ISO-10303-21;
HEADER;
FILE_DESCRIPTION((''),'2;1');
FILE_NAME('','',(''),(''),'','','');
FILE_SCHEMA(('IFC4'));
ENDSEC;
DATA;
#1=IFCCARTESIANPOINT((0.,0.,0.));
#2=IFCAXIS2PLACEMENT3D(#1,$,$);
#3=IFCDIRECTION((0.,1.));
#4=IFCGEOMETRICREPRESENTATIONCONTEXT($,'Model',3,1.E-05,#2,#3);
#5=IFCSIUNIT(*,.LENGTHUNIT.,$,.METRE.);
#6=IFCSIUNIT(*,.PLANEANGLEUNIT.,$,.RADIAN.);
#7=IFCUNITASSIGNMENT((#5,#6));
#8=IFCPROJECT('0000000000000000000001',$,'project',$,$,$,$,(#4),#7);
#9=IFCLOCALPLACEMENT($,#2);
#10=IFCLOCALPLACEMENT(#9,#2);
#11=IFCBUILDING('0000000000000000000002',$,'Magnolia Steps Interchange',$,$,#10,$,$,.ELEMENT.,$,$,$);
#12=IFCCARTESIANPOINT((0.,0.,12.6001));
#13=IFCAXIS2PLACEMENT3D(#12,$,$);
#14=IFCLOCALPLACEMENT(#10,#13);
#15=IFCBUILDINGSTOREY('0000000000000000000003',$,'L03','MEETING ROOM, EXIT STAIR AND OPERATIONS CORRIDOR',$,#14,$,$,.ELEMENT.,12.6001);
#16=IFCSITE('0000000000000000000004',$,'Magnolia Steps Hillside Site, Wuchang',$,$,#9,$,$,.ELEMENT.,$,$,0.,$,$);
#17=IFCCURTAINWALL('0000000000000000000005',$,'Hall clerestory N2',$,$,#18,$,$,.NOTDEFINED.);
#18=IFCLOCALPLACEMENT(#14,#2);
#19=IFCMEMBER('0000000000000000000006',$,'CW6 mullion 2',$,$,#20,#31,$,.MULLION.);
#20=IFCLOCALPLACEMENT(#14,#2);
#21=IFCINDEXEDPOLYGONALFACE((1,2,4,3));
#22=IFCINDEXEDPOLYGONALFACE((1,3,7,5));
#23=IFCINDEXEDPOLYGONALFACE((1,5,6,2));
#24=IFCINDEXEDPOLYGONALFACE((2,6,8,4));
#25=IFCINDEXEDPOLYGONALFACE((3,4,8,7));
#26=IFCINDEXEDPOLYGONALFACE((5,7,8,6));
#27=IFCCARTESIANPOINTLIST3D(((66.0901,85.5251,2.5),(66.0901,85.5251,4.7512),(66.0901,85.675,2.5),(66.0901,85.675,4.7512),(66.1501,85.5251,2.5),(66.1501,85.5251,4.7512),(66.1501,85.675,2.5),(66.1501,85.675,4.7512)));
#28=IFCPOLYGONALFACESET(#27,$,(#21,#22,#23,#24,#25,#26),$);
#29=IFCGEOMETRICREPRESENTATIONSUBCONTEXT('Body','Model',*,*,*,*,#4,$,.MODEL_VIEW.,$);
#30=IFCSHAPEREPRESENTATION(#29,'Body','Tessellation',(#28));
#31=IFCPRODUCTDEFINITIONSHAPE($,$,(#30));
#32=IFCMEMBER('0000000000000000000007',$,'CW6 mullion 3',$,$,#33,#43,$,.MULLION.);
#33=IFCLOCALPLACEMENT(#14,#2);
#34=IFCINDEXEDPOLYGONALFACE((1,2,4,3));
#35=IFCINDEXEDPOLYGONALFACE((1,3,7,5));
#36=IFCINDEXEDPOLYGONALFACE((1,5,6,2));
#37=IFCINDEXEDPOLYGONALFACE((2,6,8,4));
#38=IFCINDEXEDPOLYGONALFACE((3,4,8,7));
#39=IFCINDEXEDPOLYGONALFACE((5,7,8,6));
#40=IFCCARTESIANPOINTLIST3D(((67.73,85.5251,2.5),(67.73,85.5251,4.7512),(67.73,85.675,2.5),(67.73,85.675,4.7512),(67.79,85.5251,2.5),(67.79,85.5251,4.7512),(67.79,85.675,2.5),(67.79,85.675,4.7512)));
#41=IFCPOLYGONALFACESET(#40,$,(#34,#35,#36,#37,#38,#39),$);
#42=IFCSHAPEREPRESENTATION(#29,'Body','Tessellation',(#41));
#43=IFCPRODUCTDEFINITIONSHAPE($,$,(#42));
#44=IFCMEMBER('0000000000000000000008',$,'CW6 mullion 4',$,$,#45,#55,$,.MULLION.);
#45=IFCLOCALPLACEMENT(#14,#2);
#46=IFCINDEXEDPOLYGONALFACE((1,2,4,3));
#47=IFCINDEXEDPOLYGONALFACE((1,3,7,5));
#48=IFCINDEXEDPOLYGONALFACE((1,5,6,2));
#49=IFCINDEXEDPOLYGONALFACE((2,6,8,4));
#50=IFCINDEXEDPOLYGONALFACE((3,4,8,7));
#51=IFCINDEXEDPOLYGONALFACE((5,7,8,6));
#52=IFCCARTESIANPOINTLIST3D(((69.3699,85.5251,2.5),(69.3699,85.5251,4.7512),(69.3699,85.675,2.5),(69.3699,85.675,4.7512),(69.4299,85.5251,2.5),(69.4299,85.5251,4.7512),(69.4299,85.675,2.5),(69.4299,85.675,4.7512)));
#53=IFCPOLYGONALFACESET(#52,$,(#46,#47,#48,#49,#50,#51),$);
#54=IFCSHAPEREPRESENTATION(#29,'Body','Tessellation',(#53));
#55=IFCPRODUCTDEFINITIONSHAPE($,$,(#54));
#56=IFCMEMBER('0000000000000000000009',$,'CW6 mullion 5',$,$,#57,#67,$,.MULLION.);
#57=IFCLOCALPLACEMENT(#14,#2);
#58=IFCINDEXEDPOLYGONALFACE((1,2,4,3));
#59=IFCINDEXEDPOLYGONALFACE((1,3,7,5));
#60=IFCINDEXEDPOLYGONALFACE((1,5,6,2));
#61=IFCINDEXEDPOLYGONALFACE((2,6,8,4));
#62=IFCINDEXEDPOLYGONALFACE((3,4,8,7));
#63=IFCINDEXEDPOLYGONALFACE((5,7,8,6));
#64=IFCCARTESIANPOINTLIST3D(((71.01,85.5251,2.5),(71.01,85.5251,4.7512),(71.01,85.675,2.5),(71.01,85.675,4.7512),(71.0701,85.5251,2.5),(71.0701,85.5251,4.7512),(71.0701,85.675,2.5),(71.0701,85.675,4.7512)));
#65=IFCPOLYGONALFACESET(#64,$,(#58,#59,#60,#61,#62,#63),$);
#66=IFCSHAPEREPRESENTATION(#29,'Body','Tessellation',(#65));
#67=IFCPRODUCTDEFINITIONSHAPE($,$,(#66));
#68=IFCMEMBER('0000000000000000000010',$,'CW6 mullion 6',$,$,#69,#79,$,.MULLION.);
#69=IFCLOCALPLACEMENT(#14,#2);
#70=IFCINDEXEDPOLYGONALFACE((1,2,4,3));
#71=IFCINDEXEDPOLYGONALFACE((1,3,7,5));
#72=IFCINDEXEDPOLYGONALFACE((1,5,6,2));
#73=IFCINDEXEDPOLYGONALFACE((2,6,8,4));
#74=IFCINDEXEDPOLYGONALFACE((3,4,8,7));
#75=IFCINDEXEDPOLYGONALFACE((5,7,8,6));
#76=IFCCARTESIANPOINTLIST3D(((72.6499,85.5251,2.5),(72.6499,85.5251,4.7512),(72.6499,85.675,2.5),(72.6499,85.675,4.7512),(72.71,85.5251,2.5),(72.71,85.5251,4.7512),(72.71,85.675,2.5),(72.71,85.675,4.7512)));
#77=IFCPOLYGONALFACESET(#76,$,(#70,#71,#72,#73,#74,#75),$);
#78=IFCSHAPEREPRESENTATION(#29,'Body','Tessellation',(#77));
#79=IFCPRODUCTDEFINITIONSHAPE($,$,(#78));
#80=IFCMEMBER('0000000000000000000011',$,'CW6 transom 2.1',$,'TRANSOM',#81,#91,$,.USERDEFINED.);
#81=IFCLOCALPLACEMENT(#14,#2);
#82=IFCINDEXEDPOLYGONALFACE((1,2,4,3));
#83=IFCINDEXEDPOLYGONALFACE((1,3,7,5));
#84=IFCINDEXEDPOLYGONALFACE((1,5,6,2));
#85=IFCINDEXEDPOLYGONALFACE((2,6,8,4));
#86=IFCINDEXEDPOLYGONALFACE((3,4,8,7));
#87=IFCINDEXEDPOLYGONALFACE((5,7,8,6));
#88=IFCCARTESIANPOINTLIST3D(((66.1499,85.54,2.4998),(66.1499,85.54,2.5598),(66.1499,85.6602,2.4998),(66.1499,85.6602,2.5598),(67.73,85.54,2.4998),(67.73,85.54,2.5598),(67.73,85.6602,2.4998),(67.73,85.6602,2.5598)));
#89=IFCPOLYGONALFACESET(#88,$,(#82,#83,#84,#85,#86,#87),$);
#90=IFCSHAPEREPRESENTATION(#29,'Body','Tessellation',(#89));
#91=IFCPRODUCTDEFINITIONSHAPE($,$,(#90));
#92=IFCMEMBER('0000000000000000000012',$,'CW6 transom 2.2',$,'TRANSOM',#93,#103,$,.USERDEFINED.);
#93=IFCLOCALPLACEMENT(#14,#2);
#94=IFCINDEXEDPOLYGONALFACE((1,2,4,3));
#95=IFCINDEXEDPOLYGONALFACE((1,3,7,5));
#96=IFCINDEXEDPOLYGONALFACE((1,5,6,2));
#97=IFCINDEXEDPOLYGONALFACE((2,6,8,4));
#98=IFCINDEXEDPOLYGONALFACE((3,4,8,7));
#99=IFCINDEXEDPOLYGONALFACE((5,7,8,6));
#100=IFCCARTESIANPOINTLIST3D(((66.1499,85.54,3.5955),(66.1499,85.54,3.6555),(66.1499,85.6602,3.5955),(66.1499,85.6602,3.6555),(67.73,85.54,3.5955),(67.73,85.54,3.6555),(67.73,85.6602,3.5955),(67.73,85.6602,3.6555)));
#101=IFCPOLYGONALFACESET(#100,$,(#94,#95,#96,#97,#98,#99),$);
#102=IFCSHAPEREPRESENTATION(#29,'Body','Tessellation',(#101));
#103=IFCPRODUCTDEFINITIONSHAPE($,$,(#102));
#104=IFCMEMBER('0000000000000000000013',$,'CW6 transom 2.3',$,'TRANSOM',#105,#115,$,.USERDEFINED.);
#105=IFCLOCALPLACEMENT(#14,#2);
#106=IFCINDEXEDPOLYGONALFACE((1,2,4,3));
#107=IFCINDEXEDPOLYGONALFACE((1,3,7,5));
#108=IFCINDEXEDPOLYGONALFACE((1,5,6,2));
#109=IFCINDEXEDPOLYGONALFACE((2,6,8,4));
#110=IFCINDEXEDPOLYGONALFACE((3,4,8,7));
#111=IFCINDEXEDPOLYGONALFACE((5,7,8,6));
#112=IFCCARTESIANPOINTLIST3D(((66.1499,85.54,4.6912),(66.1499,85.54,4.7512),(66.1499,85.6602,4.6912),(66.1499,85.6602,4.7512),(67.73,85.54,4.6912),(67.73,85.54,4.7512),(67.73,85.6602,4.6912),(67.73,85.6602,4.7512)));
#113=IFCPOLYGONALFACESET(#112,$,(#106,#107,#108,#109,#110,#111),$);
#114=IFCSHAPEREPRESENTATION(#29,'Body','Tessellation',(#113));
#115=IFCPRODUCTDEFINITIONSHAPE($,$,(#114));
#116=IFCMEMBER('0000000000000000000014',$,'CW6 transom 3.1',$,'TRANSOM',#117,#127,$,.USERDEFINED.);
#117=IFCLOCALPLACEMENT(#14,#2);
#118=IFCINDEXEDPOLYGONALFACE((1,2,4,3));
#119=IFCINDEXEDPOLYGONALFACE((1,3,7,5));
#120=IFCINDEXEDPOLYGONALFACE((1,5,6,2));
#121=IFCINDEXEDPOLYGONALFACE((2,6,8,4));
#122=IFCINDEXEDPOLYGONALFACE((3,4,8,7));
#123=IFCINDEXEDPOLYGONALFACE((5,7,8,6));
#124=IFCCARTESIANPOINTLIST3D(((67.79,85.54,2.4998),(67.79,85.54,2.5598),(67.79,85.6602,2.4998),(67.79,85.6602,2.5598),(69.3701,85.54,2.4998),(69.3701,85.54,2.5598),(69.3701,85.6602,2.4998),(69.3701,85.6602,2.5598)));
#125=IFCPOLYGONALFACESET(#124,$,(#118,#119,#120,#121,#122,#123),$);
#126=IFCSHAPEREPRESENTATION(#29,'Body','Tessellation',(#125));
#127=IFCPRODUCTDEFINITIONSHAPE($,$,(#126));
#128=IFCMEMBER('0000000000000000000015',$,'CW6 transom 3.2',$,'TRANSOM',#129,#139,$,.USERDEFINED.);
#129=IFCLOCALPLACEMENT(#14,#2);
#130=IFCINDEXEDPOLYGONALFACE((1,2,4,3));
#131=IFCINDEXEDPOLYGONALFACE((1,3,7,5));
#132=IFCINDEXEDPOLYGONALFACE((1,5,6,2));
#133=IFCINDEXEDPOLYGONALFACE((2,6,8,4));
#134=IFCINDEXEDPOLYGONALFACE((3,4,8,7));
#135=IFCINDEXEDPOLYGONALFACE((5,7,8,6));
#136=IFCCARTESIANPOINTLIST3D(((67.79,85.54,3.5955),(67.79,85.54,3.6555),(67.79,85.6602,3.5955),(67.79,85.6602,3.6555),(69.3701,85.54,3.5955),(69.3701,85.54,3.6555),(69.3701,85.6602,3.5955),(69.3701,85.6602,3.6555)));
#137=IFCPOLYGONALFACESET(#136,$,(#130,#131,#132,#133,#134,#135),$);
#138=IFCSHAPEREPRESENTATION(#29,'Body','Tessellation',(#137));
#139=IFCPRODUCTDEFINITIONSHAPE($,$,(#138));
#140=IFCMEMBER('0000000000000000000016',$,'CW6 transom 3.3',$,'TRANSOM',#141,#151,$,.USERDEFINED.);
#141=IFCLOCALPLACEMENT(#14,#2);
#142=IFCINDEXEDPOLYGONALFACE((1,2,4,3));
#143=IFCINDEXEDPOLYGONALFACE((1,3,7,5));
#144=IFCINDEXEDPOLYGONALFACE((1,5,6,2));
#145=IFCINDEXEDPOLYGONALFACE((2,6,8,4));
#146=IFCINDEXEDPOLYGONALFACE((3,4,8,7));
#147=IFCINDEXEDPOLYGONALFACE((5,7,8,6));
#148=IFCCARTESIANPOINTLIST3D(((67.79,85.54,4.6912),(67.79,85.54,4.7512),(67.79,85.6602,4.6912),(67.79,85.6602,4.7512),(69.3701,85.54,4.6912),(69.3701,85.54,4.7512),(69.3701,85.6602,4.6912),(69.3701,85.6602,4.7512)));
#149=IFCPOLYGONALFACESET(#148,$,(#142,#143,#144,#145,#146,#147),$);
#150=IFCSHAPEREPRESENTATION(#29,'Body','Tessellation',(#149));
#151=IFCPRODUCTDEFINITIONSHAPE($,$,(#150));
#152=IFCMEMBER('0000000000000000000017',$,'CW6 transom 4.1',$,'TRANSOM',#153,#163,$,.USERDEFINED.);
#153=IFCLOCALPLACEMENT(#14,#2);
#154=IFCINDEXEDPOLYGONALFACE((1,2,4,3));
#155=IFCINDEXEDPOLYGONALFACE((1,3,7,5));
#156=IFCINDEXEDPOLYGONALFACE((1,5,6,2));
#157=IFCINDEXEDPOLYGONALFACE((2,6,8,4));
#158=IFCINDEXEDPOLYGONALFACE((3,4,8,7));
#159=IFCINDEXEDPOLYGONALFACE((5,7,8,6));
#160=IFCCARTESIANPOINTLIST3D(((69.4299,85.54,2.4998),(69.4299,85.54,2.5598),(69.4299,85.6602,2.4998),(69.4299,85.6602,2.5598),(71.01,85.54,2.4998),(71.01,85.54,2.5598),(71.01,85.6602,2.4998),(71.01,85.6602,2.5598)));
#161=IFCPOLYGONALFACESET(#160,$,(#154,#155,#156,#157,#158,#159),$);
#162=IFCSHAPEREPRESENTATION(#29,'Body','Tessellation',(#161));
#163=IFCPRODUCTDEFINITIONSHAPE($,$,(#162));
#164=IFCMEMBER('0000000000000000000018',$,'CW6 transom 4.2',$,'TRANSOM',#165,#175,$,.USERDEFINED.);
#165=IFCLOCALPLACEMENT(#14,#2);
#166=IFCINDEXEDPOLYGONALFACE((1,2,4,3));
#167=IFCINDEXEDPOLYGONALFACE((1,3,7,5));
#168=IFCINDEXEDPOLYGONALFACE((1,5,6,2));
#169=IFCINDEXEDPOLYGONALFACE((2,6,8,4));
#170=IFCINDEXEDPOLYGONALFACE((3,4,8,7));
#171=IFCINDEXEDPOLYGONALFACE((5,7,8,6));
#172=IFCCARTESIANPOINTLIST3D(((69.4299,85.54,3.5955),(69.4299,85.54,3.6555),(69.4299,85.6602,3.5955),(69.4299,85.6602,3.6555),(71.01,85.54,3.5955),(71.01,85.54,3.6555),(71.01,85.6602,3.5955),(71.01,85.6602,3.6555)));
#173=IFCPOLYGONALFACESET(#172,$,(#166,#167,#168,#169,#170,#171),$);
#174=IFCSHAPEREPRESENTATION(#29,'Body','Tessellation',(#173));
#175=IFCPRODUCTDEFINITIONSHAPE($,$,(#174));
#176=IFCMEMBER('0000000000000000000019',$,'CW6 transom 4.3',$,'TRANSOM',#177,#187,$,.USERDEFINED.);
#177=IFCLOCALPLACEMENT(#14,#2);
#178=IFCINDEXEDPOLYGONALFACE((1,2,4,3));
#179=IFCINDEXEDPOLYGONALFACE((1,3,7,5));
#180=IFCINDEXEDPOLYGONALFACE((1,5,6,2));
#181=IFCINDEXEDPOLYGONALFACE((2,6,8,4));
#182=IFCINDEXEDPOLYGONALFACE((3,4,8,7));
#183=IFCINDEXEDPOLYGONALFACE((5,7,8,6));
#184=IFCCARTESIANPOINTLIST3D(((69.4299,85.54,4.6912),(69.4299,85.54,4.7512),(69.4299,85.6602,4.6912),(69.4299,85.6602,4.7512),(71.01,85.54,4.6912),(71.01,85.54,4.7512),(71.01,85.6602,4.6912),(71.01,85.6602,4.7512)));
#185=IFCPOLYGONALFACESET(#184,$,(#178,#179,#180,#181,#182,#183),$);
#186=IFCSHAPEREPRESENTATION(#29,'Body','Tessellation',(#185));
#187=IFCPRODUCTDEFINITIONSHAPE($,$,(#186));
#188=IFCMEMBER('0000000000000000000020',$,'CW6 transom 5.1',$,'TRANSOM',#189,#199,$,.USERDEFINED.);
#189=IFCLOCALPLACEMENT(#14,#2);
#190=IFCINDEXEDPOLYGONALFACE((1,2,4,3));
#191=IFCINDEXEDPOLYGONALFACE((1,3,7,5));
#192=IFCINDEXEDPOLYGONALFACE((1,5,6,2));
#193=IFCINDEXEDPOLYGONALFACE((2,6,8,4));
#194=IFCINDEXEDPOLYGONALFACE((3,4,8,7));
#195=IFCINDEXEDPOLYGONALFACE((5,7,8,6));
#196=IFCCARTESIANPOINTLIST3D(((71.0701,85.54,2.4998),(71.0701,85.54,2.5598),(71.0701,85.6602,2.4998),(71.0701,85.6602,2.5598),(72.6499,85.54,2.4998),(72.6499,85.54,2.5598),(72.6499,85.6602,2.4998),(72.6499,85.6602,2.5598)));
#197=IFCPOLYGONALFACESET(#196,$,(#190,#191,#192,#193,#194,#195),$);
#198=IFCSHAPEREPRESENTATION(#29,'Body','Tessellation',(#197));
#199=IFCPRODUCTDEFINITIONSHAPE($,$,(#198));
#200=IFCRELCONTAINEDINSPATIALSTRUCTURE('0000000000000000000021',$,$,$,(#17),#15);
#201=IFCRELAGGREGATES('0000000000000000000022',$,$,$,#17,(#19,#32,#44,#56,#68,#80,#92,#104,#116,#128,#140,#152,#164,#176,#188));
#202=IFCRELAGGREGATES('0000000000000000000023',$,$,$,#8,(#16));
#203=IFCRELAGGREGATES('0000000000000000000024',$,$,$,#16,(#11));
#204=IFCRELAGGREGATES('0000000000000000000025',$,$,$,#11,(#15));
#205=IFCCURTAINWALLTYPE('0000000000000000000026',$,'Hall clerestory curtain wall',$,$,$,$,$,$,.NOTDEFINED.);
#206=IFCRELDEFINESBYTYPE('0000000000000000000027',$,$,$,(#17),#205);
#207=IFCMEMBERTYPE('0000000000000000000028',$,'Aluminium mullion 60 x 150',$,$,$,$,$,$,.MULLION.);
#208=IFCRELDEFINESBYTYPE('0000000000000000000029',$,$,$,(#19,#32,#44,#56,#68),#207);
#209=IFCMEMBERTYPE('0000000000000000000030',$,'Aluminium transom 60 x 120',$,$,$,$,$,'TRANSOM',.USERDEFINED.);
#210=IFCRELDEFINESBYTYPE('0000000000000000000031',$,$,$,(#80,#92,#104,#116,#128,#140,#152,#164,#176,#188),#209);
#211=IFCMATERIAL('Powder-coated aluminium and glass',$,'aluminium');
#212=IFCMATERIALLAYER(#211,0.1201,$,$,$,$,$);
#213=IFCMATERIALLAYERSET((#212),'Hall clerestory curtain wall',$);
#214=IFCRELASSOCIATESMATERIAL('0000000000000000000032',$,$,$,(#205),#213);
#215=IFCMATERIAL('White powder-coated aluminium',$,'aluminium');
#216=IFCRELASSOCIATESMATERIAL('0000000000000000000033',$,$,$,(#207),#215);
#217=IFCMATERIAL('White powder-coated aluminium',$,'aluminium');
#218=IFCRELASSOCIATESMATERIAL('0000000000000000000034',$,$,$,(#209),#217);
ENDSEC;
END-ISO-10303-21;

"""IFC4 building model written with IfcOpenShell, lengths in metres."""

from ifc_helpers import new_model, si_unit, direction, frame, origin, origin_2d, place, context, subcontext, project, spatial, rectangle, extrude, material, layer, layer_set, material_profile, profile_set, type_object, element, aggregate, save


model = new_model("IFC4")

# Units and contexts
model_context = context("Model", 3, precision=1e-05, world=origin(), true_north=direction((0.0, 1.0)))
body_context = subcontext(model_context, "Body", "Model", "MODEL_VIEW")
ifc_project = project(units=[si_unit("LENGTHUNIT", "METRE"), si_unit("PLANEANGLEUNIT", "RADIAN")], contexts=[model_context])

# Site, building, storey
site_placement = place(None, origin())
site = spatial("IfcSite", under=ifc_project, at=site_placement, Name="Magnolia Steps Hillside Site, Wuchang", CompositionType="ELEMENT", RefElevation=0.0)
building_placement = place(site_placement, origin())
building = spatial("IfcBuilding", under=site, at=building_placement, Name="Magnolia Steps Interchange", CompositionType="ELEMENT")
storey_placement = place(building_placement, frame((0.0, 0.0, 12.6001)))
storey = spatial("IfcBuildingStorey", under=building, at=storey_placement, Name="L03", Description="MEETING ROOM, EXIT STAIR AND OPERATIONS CORRIDOR", CompositionType="ELEMENT", Elevation=12.6001)

# Curtain wall, members
ifc_material_1 = material(Name="Powder-coated aluminium and glass", Category="aluminium")
ifc_layer_1 = layer(ifc_material_1, 0.1201)
ifc_layer_set_1 = layer_set([ifc_layer_1], Name="Hall clerestory curtain wall")
curtain_wall_type = type_object("IfcCurtainWallType", Name="Hall clerestory curtain wall", PredefinedType="NOTDEFINED", material=ifc_layer_set_1)
curtain_wall_placement = place(storey_placement, origin())
curtain_wall = element("IfcCurtainWall", 1, at=curtain_wall_placement, inside=storey, type_object=curtain_wall_type, Name="Hall clerestory N2", PredefinedType="NOTDEFINED")
ifc_material_2 = material(Name="White powder-coated aluminium", Category="aluminium")
ifc_material_profile_1 = material_profile(ifc_material_2, rectangle(XDim=0.0601, YDim=0.1499, at=origin_2d()), Name="Aluminium mullion 60 x 150")
ifc_profile_set_1 = profile_set([ifc_material_profile_1], Name="White powder-coated aluminium")
member_type_1 = type_object("IfcMemberType", Name="Aluminium mullion 60 x 150", PredefinedType="MULLION", material=ifc_profile_set_1)
member_1_placement = place(storey_placement, frame((66.1201, 85.6001, 2.5), z_axis=(0.0, 0.0, 1.0), x_axis=(1.0, 0.0, 0.0)))
member_1 = element("IfcMember", 2, at=member_1_placement, type_object=member_type_1, Name="CW6 mullion 2", PredefinedType="MULLION", context=body_context, shape_type="SweptSolid", body=[
    extrude(rectangle(XDim=0.0601, YDim=0.1499, at=origin_2d()), origin(), (0.0, 0.0, 1.0), 2.2512),
])
member_2_placement = place(storey_placement, frame((67.76, 85.6001, 2.5), z_axis=(0.0, 0.0, 1.0), x_axis=(1.0, 0.0, 0.0)))
member_2 = element("IfcMember", 3, at=member_2_placement, type_object=member_type_1, Name="CW6 mullion 3", PredefinedType="MULLION", context=body_context, shape_type="SweptSolid", body=[
    extrude(rectangle(XDim=0.0601, YDim=0.1499, at=origin_2d()), origin(), (0.0, 0.0, 1.0), 2.2512),
])
member_3_placement = place(storey_placement, frame((69.3999, 85.6001, 2.5), z_axis=(0.0, 0.0, 1.0), x_axis=(1.0, 0.0, 0.0)))
member_3 = element("IfcMember", 4, at=member_3_placement, type_object=member_type_1, Name="CW6 mullion 4", PredefinedType="MULLION", context=body_context, shape_type="SweptSolid", body=[
    extrude(rectangle(XDim=0.0601, YDim=0.1499, at=origin_2d()), origin(), (0.0, 0.0, 1.0), 2.2512),
])
member_4_placement = place(storey_placement, frame((71.04, 85.6001, 2.5), z_axis=(0.0, 0.0, 1.0), x_axis=(1.0, 0.0, 0.0)))
member_4 = element("IfcMember", 5, at=member_4_placement, type_object=member_type_1, Name="CW6 mullion 5", PredefinedType="MULLION", context=body_context, shape_type="SweptSolid", body=[
    extrude(rectangle(XDim=0.0601, YDim=0.1499, at=origin_2d()), origin(), (0.0, 0.0, 1.0), 2.2512),
])
member_5_placement = place(storey_placement, frame((72.6799, 85.6001, 2.5), z_axis=(0.0, 0.0, 1.0), x_axis=(1.0, 0.0, 0.0)))
member_5 = element("IfcMember", 6, at=member_5_placement, type_object=member_type_1, Name="CW6 mullion 6", PredefinedType="MULLION", context=body_context, shape_type="SweptSolid", body=[
    extrude(rectangle(XDim=0.0601, YDim=0.1499, at=origin_2d()), origin(), (0.0, 0.0, 1.0), 2.2512),
])
ifc_material_3 = material(Name="White powder-coated aluminium", Category="aluminium")
ifc_material_profile_2 = material_profile(ifc_material_3, rectangle(XDim=0.0601, YDim=0.1201, at=origin_2d()), Name="Aluminium transom 60 x 120")
ifc_profile_set_2 = profile_set([ifc_material_profile_2], Name="White powder-coated aluminium")
member_type_2 = type_object("IfcMemberType", Name="Aluminium transom 60 x 120", ElementType="TRANSOM", PredefinedType="USERDEFINED", material=ifc_profile_set_2)
member_6_placement = place(storey_placement, frame((66.1499, 85.6001, 2.5298), z_axis=(1.0, 0.0, 0.0), x_axis=(0.0, 0.0, 1.0)))
member_6 = element("IfcMember", 7, at=member_6_placement, type_object=member_type_2, Name="CW6 transom 2.1", ObjectType="TRANSOM", PredefinedType="USERDEFINED", context=body_context, shape_type="SweptSolid", body=[
    extrude(rectangle(XDim=0.0601, YDim=0.1201, at=origin_2d()), origin(), (0.0, 0.0, 1.0), 1.5801),
])
member_7_placement = place(storey_placement, frame((66.1499, 85.6001, 3.6255), z_axis=(1.0, 0.0, 0.0), x_axis=(0.0, 0.0, 1.0)))
member_7 = element("IfcMember", 8, at=member_7_placement, type_object=member_type_2, Name="CW6 transom 2.2", ObjectType="TRANSOM", PredefinedType="USERDEFINED", context=body_context, shape_type="SweptSolid", body=[
    extrude(rectangle(XDim=0.0601, YDim=0.1201, at=origin_2d()), origin(), (0.0, 0.0, 1.0), 1.5801),
])
member_8_placement = place(storey_placement, frame((66.1499, 85.6001, 4.7212), z_axis=(1.0, 0.0, 0.0), x_axis=(0.0, 0.0, 1.0)))
member_8 = element("IfcMember", 9, at=member_8_placement, type_object=member_type_2, Name="CW6 transom 2.3", ObjectType="TRANSOM", PredefinedType="USERDEFINED", context=body_context, shape_type="SweptSolid", body=[
    extrude(rectangle(XDim=0.0601, YDim=0.1201, at=origin_2d()), origin(), (0.0, 0.0, 1.0), 1.5801),
])
member_9_placement = place(storey_placement, frame((67.79, 85.6001, 2.5298), z_axis=(1.0, 0.0, 0.0), x_axis=(0.0, 0.0, 1.0)))
member_9 = element("IfcMember", 10, at=member_9_placement, type_object=member_type_2, Name="CW6 transom 3.1", ObjectType="TRANSOM", PredefinedType="USERDEFINED", context=body_context, shape_type="SweptSolid", body=[
    extrude(rectangle(XDim=0.0601, YDim=0.1201, at=origin_2d()), origin(), (0.0, 0.0, 1.0), 1.5801),
])
member_10_placement = place(storey_placement, frame((67.79, 85.6001, 3.6255), z_axis=(1.0, 0.0, 0.0), x_axis=(0.0, 0.0, 1.0)))
member_10 = element("IfcMember", 11, at=member_10_placement, type_object=member_type_2, Name="CW6 transom 3.2", ObjectType="TRANSOM", PredefinedType="USERDEFINED", context=body_context, shape_type="SweptSolid", body=[
    extrude(rectangle(XDim=0.0601, YDim=0.1201, at=origin_2d()), origin(), (0.0, 0.0, 1.0), 1.5801),
])
member_11_placement = place(storey_placement, frame((67.79, 85.6001, 4.7212), z_axis=(1.0, 0.0, 0.0), x_axis=(0.0, 0.0, 1.0)))
member_11 = element("IfcMember", 12, at=member_11_placement, type_object=member_type_2, Name="CW6 transom 3.3", ObjectType="TRANSOM", PredefinedType="USERDEFINED", context=body_context, shape_type="SweptSolid", body=[
    extrude(rectangle(XDim=0.0601, YDim=0.1201, at=origin_2d()), origin(), (0.0, 0.0, 1.0), 1.5801),
])
member_12_placement = place(storey_placement, frame((69.4299, 85.6001, 2.5298), z_axis=(1.0, 0.0, 0.0), x_axis=(0.0, 0.0, 1.0)))
member_12 = element("IfcMember", 13, at=member_12_placement, type_object=member_type_2, Name="CW6 transom 4.1", ObjectType="TRANSOM", PredefinedType="USERDEFINED", context=body_context, shape_type="SweptSolid", body=[
    extrude(rectangle(XDim=0.0601, YDim=0.1201, at=origin_2d()), origin(), (0.0, 0.0, 1.0), 1.5801),
])
member_13_placement = place(storey_placement, frame((69.4299, 85.6001, 3.6255), z_axis=(1.0, 0.0, 0.0), x_axis=(0.0, 0.0, 1.0)))
member_13 = element("IfcMember", 14, at=member_13_placement, type_object=member_type_2, Name="CW6 transom 4.2", ObjectType="TRANSOM", PredefinedType="USERDEFINED", context=body_context, shape_type="SweptSolid", body=[
    extrude(rectangle(XDim=0.0601, YDim=0.1201, at=origin_2d()), origin(), (0.0, 0.0, 1.0), 1.5801),
])
member_14_placement = place(storey_placement, frame((69.4299, 85.6001, 4.7212), z_axis=(1.0, 0.0, 0.0), x_axis=(0.0, 0.0, 1.0)))
member_14 = element("IfcMember", 15, at=member_14_placement, type_object=member_type_2, Name="CW6 transom 4.3", ObjectType="TRANSOM", PredefinedType="USERDEFINED", context=body_context, shape_type="SweptSolid", body=[
    extrude(rectangle(XDim=0.0601, YDim=0.1201, at=origin_2d()), origin(), (0.0, 0.0, 1.0), 1.5801),
])
member_15_placement = place(storey_placement, frame((71.0701, 85.6001, 2.5298), z_axis=(1.0, 0.0, 0.0), x_axis=(0.0, 0.0, 1.0)))
member_15 = element("IfcMember", 16, at=member_15_placement, type_object=member_type_2, Name="CW6 transom 5.1", ObjectType="TRANSOM", PredefinedType="USERDEFINED", context=body_context, shape_type="SweptSolid", body=[
    extrude(rectangle(XDim=0.0601, YDim=0.1201, at=origin_2d()), origin(), (0.0, 0.0, 1.0), 1.5798),
])

aggregate(curtain_wall, [member_1, member_2, member_3, member_4, member_5, member_6, member_7, member_8, member_9, member_10, member_11, member_12, member_13, member_14, member_15])

save(model, "model.ifc")
